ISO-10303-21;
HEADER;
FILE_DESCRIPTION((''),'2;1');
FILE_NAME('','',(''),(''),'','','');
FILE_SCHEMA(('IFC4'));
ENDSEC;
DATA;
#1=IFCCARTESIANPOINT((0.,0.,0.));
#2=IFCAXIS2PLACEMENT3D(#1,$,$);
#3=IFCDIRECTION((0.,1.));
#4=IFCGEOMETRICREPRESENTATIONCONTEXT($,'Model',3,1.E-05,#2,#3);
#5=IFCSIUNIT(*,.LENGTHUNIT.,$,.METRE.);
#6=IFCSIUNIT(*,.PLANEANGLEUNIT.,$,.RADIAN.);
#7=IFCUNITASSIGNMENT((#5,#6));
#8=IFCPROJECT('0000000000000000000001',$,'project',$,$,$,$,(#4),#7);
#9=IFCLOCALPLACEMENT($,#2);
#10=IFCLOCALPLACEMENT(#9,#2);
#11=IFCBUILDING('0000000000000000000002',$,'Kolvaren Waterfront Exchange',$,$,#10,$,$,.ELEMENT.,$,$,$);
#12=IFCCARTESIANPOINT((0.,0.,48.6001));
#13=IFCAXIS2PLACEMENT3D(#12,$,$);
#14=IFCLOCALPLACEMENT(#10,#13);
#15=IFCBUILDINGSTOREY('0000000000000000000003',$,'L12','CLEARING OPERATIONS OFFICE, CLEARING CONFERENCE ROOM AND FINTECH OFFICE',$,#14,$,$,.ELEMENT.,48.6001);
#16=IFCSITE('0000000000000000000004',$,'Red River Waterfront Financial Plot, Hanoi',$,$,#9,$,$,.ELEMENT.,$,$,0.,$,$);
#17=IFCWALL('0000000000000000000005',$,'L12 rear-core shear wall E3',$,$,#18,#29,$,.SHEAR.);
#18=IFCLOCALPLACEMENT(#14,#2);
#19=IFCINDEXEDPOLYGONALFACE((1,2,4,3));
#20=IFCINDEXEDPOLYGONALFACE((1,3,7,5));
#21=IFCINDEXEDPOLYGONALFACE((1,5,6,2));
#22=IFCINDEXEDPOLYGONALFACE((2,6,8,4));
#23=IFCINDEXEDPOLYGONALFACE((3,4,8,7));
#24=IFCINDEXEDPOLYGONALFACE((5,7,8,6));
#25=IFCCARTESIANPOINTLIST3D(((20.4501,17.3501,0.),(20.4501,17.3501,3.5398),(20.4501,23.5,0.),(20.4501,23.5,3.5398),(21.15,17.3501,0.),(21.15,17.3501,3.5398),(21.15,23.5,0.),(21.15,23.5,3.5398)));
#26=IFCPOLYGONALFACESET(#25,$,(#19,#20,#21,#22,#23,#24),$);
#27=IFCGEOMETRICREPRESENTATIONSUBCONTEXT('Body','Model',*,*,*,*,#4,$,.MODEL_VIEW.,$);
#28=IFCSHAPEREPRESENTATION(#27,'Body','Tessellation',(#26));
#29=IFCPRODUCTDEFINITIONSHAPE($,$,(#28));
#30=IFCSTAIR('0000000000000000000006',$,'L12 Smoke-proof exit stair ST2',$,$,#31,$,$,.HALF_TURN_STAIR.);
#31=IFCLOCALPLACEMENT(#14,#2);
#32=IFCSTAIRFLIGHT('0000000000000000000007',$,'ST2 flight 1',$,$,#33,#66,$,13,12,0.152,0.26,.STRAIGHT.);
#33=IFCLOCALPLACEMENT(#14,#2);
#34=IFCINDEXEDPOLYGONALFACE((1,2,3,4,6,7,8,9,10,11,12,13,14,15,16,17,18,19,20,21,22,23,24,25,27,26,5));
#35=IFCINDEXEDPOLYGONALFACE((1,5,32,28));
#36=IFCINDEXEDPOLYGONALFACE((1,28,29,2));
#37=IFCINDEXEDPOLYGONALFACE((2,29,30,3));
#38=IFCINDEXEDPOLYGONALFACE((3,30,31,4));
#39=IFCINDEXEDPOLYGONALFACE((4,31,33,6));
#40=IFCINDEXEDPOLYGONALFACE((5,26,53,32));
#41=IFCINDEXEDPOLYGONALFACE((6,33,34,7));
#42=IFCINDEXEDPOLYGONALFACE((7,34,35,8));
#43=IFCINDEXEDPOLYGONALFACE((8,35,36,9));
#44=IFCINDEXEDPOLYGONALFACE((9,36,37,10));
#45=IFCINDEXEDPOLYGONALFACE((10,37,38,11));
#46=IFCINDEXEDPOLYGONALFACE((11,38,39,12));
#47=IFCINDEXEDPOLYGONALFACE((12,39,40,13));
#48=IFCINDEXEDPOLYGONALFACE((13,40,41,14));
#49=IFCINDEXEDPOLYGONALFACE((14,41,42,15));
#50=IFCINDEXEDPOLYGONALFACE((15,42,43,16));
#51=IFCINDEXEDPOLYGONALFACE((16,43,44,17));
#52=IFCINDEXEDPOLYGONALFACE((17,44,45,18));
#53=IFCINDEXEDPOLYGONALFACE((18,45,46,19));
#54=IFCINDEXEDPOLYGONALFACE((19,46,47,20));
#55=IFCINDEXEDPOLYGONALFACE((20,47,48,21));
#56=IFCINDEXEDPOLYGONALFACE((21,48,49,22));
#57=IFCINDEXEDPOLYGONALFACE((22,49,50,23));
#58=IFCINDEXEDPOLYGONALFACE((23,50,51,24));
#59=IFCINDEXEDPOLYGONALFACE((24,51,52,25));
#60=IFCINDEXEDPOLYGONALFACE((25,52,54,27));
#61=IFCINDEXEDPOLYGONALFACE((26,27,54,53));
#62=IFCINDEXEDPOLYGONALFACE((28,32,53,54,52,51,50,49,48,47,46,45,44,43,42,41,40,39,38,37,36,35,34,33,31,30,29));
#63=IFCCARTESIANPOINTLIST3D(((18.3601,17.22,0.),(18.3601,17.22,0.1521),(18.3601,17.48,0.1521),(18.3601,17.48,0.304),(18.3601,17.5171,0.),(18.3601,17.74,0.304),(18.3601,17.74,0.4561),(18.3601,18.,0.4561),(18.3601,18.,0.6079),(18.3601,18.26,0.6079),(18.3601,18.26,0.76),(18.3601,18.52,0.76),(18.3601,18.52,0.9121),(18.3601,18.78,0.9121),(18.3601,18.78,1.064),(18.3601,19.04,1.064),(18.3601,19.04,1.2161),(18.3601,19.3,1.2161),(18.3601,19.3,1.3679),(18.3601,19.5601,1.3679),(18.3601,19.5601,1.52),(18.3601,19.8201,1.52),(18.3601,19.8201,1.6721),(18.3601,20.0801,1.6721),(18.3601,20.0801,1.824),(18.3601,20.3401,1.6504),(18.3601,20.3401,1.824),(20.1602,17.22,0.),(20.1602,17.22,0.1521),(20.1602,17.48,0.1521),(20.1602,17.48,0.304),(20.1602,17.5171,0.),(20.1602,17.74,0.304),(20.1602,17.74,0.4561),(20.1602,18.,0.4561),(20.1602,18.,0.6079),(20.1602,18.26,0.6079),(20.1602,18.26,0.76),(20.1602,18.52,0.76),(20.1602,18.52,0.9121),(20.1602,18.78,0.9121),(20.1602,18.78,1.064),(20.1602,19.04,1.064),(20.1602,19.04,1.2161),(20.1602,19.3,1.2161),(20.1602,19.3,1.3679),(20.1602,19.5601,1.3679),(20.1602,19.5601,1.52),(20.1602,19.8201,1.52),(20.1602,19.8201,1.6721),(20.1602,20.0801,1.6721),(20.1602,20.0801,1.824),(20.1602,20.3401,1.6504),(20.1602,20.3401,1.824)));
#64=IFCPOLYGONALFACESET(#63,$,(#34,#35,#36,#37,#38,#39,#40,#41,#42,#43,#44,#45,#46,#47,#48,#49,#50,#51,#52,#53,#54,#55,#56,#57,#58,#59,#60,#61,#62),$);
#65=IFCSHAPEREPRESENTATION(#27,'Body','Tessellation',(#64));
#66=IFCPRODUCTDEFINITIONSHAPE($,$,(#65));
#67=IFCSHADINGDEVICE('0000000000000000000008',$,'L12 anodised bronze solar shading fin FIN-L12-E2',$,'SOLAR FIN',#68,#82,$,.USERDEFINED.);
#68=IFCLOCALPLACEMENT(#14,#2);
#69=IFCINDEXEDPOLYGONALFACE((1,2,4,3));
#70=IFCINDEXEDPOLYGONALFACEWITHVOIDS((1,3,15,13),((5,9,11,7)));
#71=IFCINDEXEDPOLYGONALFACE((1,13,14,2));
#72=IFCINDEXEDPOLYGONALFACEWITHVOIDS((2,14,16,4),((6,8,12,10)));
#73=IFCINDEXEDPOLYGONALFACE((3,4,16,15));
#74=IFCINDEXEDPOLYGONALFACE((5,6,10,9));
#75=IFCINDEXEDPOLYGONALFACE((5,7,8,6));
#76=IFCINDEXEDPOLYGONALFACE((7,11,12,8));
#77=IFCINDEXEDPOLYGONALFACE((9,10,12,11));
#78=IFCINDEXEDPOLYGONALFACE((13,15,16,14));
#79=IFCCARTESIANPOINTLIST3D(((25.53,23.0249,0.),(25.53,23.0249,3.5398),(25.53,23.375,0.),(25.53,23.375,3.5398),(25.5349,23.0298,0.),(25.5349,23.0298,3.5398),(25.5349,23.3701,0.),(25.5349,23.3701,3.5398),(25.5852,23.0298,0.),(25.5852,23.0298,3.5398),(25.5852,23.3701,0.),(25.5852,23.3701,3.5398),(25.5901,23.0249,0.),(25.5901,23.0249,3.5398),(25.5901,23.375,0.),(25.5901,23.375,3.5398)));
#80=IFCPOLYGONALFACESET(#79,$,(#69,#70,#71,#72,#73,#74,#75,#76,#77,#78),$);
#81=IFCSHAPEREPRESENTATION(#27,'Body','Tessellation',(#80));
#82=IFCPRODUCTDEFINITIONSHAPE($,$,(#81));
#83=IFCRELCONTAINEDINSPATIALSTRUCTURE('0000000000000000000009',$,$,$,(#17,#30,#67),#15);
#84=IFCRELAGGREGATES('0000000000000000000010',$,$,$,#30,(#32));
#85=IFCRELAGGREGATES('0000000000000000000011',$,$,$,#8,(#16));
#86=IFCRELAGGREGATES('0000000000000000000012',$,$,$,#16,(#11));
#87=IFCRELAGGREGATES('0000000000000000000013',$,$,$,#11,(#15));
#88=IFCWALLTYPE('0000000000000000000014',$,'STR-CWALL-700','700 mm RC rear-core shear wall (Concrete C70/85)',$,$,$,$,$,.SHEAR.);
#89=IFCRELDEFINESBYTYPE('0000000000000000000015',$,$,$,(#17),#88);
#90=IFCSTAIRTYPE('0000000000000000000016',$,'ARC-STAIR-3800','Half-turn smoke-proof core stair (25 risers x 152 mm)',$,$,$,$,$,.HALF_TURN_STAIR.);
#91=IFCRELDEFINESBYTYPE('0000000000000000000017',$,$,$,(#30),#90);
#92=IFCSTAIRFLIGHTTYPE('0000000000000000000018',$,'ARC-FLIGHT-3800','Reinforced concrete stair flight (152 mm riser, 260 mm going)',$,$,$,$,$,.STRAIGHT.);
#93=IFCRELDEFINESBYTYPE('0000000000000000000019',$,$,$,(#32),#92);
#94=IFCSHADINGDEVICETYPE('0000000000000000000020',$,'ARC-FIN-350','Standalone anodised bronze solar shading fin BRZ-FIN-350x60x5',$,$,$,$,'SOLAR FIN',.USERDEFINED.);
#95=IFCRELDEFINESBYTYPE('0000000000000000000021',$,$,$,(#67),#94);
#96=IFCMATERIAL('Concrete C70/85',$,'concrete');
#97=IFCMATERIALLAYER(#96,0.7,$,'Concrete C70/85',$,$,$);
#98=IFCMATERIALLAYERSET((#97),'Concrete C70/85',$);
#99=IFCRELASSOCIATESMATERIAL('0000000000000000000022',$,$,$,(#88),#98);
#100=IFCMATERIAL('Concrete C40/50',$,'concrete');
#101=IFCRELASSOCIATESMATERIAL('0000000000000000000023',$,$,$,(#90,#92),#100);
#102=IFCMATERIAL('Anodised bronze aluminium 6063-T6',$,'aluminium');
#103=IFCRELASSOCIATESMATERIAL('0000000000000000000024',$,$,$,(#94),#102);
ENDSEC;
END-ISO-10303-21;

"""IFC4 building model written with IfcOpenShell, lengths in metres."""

from ifc_helpers import new_model, si_unit, direction, frame, frame_2d, origin, origin_2d, place, context, subcontext, project, spatial, polyline, rectangle, hollow_rectangle, outline, extrude, material, layer, layer_set, material_profile, profile_set, type_object, element, aggregate, save


model = new_model("IFC4")

# Units and contexts
model_context = context("Model", 3, precision=1e-05, world=origin(), true_north=direction((0.0, 1.0)))
body_context = subcontext(model_context, "Body", "Model", "MODEL_VIEW")
ifc_project = project(units=[si_unit("LENGTHUNIT", "METRE"), si_unit("PLANEANGLEUNIT", "RADIAN")], contexts=[model_context])

# Site, building, storey
site_placement = place(None, origin())
site = spatial("IfcSite", under=ifc_project, at=site_placement, Name="Red River Waterfront Financial Plot, Hanoi", CompositionType="ELEMENT", RefElevation=0.0)
building_placement = place(site_placement, origin())
building = spatial("IfcBuilding", under=site, at=building_placement, Name="Kolvaren Waterfront Exchange", CompositionType="ELEMENT")
storey_placement = place(building_placement, frame((0.0, 0.0, 48.6001)))
storey = spatial("IfcBuildingStorey", under=building, at=storey_placement, Name="L12", Description="CLEARING OPERATIONS OFFICE, CLEARING CONFERENCE ROOM AND FINTECH OFFICE", CompositionType="ELEMENT", Elevation=48.6001)

# Shared definitions
ifc_material_1 = material(Name="Concrete C70/85", Category="concrete")

# Shared definitions
ifc_material_2 = material(Name="Anodised bronze aluminium 6063-T6", Category="aluminium")

# Wall
ifc_material_3 = material(Name="Concrete C40/50", Category="concrete")
ifc_layer_1 = layer(ifc_material_1, 0.7, Name="Concrete C70/85")
ifc_layer_set_1 = layer_set([ifc_layer_1], Name="Concrete C70/85")
wall_type_1 = type_object("IfcWallType", Name="STR-CWALL-700", Description="700 mm RC rear-core shear wall (Concrete C70/85)", PredefinedType="SHEAR", material=ifc_layer_set_1)
wall_1_placement = place(storey_placement, frame((20.8, 17.3501, 0.0), z_axis=(0.0, 0.0, 1.0), x_axis=(0.0, 1.0, 0.0)))
element("IfcWall", 1, at=wall_1_placement, inside=storey, type_object=wall_type_1, Name="L12 rear-core shear wall E3", PredefinedType="SHEAR", context=body_context, shape_type="SweptSolid", body=[
    extrude(rectangle(XDim=6.1499, YDim=0.7, at=frame_2d((3.075, 0.0))), origin(), (0.0, 0.0, 1.0), 3.5398),
])

# Stair, stair flight
stair_type = type_object("IfcStairType", Name="ARC-STAIR-3800", Description="Half-turn smoke-proof core stair (25 risers x 152 mm)", PredefinedType="HALF_TURN_STAIR", material=ifc_material_3)
stair_placement = place(storey_placement, origin())
stair = element("IfcStair", 2, at=stair_placement, inside=storey, type_object=stair_type, Name="L12 Smoke-proof exit stair ST2", PredefinedType="HALF_TURN_STAIR")
stair_flight_type = type_object("IfcStairFlightType", Name="ARC-FLIGHT-3800", Description="Reinforced concrete stair flight (152 mm riser, 260 mm going)", PredefinedType="STRAIGHT", material=ifc_material_3)
stair_flight_placement = place(storey_placement, frame((19.26, 17.22, 0.0), z_axis=(0.0, 0.0, 1.0), x_axis=(0.0, 1.0, 0.0)))
stair_flight = element("IfcStairFlight", 3, at=stair_flight_placement, type_object=stair_flight_type, Name="ST2 flight 1", NumberOfRisers=13, NumberOfTreads=12, PredefinedType="STRAIGHT", RiserHeight=0.152, TreadLength=0.26, context=body_context, shape_type="SweptSolid", body=[
    extrude(outline(polyline([(0.0, 0.0), (0.0, 0.1521), (0.26, 0.1521), (0.26, 0.304), (0.52, 0.304), (0.52, 0.4561), (0.78, 0.4561), (0.78, 0.6079), (1.04, 0.6079), (1.04, 0.76), (1.3, 0.76), (1.3, 0.9121), (1.5601, 0.9121), (1.5601, 1.064), (1.8201, 1.064), (1.8201, 1.2161), (2.0801, 1.2161), (2.0801, 1.3679), (2.3401, 1.3679), (2.3401, 1.52), (2.6001, 1.52), (2.6001, 1.6721), (2.8601, 1.6721), (2.8601, 1.824), (3.1201, 1.824), (3.1201, 1.9761), (3.1201, 1.6504), (0.2971, 0.0), (0.0, 0.0)])), frame((0.0, 0.8999, 0.0), z_axis=(0.0, -1.0, 0.0), x_axis=(1.0, 0.0, 0.0)), (0.0, 0.0, 1.0), 1.8),
])
aggregate(stair, [stair_flight])

# Shading device
ifc_material_profile_1 = material_profile(ifc_material_2, hollow_rectangle(XDim=0.0601, YDim=0.3501, WallThickness=0.0049, at=origin_2d()), Name="BRZ-FIN-350x60x5")
ifc_profile_set_1 = profile_set([ifc_material_profile_1], Name="Anodised bronze aluminium 6063-T6")
shading_device_type = type_object("IfcShadingDeviceType", Name="ARC-FIN-350", Description="Standalone anodised bronze solar shading fin BRZ-FIN-350x60x5", ElementType="SOLAR FIN", PredefinedType="USERDEFINED", material=ifc_profile_set_1)
shading_device_placement = place(storey_placement, frame((25.5601, 23.2, 0.0), z_axis=(0.0, 0.0, 1.0), x_axis=(1.0, 0.0, 0.0)))
element("IfcShadingDevice", 4, at=shading_device_placement, inside=storey, type_object=shading_device_type, Name="L12 anodised bronze solar shading fin FIN-L12-E2", ObjectType="SOLAR FIN", PredefinedType="USERDEFINED", context=body_context, shape_type="SweptSolid", body=[
    extrude(hollow_rectangle(XDim=0.0601, YDim=0.3501, WallThickness=0.0049, at=origin_2d()), origin(), (0.0, 0.0, 1.0), 3.5398),
])

save(model, "model.ifc")
